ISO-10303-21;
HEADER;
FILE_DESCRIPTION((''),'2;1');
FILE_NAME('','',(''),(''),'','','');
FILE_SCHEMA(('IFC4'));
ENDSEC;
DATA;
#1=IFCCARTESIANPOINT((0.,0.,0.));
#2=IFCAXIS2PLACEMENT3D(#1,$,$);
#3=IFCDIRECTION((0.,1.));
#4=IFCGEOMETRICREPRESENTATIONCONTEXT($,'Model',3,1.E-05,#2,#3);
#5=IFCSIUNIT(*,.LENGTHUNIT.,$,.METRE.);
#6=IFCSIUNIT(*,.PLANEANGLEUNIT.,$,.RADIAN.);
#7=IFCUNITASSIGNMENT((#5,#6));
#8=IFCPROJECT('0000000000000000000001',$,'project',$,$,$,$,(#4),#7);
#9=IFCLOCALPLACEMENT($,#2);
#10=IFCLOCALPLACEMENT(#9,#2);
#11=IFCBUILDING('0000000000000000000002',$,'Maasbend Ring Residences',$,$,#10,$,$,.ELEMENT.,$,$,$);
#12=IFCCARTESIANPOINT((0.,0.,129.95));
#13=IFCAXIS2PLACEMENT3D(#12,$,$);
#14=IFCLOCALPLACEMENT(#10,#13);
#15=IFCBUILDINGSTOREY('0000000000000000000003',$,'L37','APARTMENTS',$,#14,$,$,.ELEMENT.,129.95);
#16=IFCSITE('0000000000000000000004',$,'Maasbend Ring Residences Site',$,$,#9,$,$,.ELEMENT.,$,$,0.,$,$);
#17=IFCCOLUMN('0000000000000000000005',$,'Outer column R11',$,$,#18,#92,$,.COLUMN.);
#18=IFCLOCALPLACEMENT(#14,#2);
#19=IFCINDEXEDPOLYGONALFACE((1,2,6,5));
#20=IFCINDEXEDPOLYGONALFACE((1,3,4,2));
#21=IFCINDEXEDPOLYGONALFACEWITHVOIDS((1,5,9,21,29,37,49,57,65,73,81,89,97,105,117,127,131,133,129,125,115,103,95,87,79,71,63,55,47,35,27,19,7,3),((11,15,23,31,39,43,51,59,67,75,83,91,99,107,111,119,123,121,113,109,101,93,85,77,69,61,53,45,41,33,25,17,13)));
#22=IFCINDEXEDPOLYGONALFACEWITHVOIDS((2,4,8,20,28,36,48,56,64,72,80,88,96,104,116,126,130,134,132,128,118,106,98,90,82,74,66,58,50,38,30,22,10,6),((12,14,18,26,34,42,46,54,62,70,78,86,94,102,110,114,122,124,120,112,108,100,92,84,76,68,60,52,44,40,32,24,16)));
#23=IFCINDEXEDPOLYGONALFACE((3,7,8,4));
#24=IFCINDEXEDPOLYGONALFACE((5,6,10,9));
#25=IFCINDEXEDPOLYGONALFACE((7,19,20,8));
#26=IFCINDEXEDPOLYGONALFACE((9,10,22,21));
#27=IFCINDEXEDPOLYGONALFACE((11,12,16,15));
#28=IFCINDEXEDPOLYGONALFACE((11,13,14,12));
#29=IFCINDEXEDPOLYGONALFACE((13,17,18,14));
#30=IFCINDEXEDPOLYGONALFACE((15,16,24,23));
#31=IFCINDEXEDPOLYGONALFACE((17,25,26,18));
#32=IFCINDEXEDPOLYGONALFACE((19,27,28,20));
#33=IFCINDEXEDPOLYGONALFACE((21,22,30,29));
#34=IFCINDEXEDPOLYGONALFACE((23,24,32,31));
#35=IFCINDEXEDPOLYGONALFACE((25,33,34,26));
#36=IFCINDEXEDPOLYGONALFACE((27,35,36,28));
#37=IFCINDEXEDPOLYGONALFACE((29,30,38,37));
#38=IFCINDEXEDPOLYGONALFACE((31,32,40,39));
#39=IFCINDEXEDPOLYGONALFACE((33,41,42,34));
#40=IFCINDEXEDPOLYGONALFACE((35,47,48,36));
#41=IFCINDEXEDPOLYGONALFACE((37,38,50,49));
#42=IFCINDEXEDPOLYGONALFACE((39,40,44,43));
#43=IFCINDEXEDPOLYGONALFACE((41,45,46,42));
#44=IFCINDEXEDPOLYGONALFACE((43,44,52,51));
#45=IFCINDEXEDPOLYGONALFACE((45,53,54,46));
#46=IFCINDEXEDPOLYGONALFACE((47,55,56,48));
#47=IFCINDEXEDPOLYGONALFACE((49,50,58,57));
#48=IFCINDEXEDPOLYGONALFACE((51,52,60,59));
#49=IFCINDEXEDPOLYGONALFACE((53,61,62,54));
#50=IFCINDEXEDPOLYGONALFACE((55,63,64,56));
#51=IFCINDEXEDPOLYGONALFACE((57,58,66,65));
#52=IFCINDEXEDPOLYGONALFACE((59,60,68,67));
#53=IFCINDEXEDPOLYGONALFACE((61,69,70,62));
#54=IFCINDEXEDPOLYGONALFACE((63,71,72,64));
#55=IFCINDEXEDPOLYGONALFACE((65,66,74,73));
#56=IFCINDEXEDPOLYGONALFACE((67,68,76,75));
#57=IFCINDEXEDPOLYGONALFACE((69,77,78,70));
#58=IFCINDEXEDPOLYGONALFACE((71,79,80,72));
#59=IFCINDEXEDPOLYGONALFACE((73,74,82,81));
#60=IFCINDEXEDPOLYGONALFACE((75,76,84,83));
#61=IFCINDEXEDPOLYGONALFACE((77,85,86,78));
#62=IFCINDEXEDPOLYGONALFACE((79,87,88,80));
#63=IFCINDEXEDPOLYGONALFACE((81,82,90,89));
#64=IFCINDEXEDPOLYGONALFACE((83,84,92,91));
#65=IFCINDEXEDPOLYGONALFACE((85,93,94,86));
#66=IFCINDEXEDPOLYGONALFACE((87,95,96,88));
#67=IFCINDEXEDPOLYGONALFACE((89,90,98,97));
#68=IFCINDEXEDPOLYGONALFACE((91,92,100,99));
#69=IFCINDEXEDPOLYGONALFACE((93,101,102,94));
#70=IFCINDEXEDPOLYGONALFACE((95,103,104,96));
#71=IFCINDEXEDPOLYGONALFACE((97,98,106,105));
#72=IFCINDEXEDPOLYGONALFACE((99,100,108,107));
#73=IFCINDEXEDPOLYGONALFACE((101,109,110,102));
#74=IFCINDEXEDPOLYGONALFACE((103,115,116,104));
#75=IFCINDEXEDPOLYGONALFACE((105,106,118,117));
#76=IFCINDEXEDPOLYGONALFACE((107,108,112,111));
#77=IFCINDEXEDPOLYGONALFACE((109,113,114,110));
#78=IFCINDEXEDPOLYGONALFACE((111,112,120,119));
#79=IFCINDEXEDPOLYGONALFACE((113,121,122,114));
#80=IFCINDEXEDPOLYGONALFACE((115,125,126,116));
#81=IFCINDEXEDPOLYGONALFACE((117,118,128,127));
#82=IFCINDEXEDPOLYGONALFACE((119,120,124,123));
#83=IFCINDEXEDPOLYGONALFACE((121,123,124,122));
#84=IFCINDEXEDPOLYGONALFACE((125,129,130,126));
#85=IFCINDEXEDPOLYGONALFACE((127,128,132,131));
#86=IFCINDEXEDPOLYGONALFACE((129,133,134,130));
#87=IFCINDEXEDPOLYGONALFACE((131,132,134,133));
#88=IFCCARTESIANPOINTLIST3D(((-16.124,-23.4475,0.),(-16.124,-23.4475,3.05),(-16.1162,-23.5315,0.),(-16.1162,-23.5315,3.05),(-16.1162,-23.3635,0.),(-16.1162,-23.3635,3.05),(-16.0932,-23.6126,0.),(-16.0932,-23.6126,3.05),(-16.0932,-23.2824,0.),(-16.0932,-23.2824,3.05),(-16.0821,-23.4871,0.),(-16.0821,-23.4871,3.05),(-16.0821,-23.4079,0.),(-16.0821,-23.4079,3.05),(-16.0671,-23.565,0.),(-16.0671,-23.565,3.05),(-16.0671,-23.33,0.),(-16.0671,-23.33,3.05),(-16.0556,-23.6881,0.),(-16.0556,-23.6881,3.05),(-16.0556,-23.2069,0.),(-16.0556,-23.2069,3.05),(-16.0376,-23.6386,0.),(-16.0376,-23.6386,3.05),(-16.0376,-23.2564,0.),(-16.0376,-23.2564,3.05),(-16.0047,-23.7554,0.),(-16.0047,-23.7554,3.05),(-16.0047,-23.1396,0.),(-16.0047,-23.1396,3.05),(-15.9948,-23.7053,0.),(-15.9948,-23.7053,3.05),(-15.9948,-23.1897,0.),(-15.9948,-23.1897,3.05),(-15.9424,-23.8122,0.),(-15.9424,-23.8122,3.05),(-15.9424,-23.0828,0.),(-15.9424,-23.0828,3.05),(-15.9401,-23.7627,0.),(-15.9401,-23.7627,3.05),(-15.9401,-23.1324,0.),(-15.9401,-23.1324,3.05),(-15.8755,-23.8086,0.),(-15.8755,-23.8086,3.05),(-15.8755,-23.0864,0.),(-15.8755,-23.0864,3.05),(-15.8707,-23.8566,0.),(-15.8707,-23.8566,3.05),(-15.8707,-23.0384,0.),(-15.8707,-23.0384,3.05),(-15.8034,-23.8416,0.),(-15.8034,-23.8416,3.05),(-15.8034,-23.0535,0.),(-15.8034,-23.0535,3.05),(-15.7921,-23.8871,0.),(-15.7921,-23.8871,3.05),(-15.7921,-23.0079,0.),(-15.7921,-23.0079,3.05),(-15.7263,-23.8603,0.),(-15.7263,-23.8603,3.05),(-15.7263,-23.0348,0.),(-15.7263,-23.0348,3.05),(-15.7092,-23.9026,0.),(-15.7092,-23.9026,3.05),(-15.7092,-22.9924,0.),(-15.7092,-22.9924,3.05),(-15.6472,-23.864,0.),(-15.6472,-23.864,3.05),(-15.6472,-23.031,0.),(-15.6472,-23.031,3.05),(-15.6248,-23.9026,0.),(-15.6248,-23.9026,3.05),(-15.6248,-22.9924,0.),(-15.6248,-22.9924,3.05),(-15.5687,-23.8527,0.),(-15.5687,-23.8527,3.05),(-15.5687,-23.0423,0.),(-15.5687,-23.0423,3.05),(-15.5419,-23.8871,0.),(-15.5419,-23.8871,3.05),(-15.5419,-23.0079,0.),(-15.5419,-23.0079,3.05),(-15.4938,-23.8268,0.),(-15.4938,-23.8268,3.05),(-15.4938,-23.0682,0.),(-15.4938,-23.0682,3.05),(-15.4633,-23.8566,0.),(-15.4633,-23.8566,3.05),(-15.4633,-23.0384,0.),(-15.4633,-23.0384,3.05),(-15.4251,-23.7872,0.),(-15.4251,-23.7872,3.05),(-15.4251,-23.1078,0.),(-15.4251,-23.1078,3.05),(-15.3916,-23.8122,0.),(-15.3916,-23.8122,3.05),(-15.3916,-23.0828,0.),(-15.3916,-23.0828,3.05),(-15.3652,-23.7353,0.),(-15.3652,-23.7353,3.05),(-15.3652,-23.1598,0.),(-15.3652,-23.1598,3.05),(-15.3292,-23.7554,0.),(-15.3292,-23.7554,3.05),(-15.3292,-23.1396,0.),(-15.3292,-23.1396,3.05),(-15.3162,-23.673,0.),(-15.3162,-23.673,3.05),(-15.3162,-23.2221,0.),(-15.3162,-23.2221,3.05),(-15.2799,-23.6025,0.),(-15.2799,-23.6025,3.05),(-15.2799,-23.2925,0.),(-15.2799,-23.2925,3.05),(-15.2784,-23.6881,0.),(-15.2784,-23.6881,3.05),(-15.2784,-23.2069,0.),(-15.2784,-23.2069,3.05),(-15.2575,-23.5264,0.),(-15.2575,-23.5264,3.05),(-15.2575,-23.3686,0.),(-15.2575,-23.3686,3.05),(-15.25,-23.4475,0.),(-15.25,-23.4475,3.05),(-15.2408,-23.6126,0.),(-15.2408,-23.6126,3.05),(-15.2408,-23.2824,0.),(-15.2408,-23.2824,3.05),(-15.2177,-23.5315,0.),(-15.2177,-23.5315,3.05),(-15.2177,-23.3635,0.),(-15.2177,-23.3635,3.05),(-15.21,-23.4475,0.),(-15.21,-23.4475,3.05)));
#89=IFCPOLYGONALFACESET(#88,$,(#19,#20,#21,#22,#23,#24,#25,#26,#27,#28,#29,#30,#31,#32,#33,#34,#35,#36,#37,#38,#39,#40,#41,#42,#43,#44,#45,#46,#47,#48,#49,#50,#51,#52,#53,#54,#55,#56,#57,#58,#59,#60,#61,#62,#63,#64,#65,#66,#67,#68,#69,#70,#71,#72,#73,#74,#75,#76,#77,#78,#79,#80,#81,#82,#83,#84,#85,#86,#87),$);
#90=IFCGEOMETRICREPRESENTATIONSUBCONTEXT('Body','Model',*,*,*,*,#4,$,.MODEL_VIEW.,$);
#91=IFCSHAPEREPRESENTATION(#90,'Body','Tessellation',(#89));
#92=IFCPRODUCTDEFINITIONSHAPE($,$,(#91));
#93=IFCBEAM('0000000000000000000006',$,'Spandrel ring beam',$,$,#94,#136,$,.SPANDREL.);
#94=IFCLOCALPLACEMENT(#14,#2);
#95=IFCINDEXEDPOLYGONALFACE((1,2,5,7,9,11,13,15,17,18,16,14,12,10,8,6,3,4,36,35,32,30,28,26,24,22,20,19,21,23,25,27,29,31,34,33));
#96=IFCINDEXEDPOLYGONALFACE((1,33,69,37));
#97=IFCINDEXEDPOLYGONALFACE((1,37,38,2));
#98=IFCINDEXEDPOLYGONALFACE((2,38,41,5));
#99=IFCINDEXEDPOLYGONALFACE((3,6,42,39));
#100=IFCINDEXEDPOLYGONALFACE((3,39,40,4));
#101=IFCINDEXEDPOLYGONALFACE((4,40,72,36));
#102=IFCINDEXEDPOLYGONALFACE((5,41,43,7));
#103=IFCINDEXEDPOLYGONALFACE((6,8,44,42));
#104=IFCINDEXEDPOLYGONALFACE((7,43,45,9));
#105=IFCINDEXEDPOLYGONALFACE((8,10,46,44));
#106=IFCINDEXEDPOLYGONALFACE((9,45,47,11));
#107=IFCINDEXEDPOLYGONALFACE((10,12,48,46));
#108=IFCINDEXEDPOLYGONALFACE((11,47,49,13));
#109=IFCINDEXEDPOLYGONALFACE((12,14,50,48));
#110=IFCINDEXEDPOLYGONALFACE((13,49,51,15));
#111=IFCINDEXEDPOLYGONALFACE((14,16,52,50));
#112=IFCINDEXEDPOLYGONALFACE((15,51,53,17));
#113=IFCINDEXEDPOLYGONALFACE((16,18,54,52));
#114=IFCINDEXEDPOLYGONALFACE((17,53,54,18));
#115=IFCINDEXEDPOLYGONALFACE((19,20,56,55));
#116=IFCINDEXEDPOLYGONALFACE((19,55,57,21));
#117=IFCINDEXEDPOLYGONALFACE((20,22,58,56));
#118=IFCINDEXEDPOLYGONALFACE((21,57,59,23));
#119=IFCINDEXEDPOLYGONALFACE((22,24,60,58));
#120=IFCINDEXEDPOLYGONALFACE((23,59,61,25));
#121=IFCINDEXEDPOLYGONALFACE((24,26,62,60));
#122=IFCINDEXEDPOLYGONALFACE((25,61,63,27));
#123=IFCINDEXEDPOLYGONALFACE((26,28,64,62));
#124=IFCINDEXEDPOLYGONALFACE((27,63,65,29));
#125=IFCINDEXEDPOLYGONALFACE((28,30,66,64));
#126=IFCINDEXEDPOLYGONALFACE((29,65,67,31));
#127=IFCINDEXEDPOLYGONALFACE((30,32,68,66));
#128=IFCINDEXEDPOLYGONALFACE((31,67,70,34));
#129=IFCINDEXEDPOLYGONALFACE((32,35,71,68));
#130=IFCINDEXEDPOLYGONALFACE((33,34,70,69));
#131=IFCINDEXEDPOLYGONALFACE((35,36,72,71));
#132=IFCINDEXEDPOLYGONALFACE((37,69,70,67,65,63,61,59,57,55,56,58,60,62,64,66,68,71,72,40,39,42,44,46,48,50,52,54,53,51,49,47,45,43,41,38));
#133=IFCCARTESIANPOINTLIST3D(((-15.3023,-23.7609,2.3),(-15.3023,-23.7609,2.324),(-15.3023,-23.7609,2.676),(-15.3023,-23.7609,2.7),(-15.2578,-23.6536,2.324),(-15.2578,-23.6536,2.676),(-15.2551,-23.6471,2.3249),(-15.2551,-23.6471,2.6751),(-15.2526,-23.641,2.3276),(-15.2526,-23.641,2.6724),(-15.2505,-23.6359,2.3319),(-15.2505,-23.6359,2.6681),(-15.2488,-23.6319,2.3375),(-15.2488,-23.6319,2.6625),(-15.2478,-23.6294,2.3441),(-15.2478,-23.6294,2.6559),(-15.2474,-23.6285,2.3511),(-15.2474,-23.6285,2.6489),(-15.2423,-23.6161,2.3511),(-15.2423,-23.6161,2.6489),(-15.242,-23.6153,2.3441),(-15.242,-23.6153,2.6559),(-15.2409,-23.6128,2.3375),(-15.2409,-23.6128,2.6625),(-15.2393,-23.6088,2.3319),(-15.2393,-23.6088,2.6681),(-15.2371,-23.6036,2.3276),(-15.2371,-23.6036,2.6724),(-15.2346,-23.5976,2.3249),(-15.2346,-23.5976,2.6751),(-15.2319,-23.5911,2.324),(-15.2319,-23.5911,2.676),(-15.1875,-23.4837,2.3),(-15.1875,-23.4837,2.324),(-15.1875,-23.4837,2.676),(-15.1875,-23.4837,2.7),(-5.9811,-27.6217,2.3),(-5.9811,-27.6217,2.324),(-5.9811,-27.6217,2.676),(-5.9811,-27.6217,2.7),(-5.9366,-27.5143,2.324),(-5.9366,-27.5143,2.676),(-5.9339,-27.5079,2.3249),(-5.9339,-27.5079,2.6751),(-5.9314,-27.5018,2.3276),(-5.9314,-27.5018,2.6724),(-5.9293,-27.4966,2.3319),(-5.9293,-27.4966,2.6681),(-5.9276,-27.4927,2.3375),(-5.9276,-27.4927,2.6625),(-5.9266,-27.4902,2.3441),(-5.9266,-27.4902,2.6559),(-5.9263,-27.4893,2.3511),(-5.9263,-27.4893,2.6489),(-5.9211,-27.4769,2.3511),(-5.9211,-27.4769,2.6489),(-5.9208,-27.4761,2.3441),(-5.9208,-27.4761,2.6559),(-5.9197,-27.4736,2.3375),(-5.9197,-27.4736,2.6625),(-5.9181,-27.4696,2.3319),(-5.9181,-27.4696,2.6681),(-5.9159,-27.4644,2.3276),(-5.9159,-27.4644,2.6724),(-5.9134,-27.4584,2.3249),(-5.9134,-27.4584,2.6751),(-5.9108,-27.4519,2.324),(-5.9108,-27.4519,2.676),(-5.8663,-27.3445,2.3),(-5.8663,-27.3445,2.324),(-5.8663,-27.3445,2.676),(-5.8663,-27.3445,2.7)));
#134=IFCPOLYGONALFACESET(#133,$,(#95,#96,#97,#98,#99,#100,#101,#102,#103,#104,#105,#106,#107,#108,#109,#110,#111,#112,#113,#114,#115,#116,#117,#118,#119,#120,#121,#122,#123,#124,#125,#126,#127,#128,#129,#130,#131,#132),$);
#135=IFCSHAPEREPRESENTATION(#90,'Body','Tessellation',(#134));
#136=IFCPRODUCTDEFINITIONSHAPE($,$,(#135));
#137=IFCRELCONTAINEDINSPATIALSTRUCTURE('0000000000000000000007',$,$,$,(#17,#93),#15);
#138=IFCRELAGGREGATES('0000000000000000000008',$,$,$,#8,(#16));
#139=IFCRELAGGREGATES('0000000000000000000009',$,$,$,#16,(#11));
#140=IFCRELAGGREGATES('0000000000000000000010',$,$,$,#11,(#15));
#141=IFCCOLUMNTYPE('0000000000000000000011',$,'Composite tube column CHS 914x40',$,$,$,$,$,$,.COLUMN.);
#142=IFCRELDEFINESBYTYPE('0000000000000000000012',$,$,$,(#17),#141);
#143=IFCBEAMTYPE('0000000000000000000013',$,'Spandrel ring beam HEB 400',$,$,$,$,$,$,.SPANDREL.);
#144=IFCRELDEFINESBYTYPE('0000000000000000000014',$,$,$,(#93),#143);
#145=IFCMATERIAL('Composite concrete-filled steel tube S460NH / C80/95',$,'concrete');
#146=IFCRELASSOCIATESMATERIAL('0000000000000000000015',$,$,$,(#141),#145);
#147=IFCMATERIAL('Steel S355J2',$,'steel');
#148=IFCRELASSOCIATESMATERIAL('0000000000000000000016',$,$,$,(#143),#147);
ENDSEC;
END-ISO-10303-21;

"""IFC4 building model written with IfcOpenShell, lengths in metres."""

from ifc_helpers import new_model, si_unit, direction, frame, origin, origin_2d, place, context, subcontext, project, spatial, hollow_circle, i_section, extrude, material, material_profile, profile_set, type_object, element, save


model = new_model("IFC4")

# Units and contexts
model_context = context("Model", 3, precision=1e-05, world=origin(), true_north=direction((0.0, 1.0)))
body_context = subcontext(model_context, "Body", "Model", "MODEL_VIEW")
ifc_project = project(units=[si_unit("LENGTHUNIT", "METRE"), si_unit("PLANEANGLEUNIT", "RADIAN")], contexts=[model_context])

# Site, building, storey
site_placement = place(None, origin())
site = spatial("IfcSite", under=ifc_project, at=site_placement, Name="Maasbend Ring Residences Site", CompositionType="ELEMENT", RefElevation=0.0)
building_placement = place(site_placement, origin())
building = spatial("IfcBuilding", under=site, at=building_placement, Name="Maasbend Ring Residences", CompositionType="ELEMENT")
storey_placement = place(building_placement, frame((0.0, 0.0, 129.95)))
storey = spatial("IfcBuildingStorey", under=building, at=storey_placement, Name="L37", Description="APARTMENTS", CompositionType="ELEMENT", Elevation=129.95)

# Column
ifc_material_1 = material(Name="Composite concrete-filled steel tube S460NH / C80/95", Category="concrete")
ifc_material_profile_1 = material_profile(ifc_material_1, hollow_circle(Radius=0.457, WallThickness=0.04, at=origin_2d()), Name="Composite tube column CHS 914x40")
ifc_profile_set_1 = profile_set([ifc_material_profile_1], Name="Composite concrete-filled steel tube S460NH / C80/95")
column_type = type_object("IfcColumnType", Name="Composite tube column CHS 914x40", PredefinedType="COLUMN", material=ifc_profile_set_1)
column_placement = place(storey_placement, frame((-15.667, -23.4475, 0.0), z_axis=(0.0, 0.0, 1.0), x_axis=(1.0, 0.0, 0.0)))
element("IfcColumn", 1, at=column_placement, inside=storey, type_object=column_type, Name="Outer column R11", PredefinedType="COLUMN", context=body_context, shape_type="SweptSolid", body=[
    extrude(hollow_circle(Radius=0.457, WallThickness=0.04, at=origin_2d()), origin(), (0.0, 0.0, 1.0), 3.05),
])

# Beam
ifc_material_2 = material(Name="Steel S355J2", Category="steel")
ifc_material_profile_2 = material_profile(ifc_material_2, i_section(OverallWidth=0.3, OverallDepth=0.3999, WebThickness=0.0134, FlangeThickness=0.0239, FilletRadius=0.0271, at=origin_2d()), Name="HEB 400")
ifc_profile_set_2 = profile_set([ifc_material_profile_2], Name="Steel S355J2")
beam_type = type_object("IfcBeamType", Name="Spandrel ring beam HEB 400", PredefinedType="SPANDREL", material=ifc_profile_set_2)
beam_placement = place(storey_placement, frame((-15.2449, -23.6223, 2.5), z_axis=(0.923885, -0.38267, 0.0), x_axis=(0.38267, 0.923885, 0.0)))
element("IfcBeam", 2, at=beam_placement, inside=storey, type_object=beam_type, Name="Spandrel ring beam", PredefinedType="SPANDREL", context=body_context, shape_type="SweptSolid", body=[
    extrude(i_section(OverallWidth=0.3, OverallDepth=0.3999, WebThickness=0.0134, FlangeThickness=0.0239, FilletRadius=0.0271, at=origin_2d()), origin(), (0.0, 0.0, 1.0), 10.0891),
])

save(model, "model.ifc")
